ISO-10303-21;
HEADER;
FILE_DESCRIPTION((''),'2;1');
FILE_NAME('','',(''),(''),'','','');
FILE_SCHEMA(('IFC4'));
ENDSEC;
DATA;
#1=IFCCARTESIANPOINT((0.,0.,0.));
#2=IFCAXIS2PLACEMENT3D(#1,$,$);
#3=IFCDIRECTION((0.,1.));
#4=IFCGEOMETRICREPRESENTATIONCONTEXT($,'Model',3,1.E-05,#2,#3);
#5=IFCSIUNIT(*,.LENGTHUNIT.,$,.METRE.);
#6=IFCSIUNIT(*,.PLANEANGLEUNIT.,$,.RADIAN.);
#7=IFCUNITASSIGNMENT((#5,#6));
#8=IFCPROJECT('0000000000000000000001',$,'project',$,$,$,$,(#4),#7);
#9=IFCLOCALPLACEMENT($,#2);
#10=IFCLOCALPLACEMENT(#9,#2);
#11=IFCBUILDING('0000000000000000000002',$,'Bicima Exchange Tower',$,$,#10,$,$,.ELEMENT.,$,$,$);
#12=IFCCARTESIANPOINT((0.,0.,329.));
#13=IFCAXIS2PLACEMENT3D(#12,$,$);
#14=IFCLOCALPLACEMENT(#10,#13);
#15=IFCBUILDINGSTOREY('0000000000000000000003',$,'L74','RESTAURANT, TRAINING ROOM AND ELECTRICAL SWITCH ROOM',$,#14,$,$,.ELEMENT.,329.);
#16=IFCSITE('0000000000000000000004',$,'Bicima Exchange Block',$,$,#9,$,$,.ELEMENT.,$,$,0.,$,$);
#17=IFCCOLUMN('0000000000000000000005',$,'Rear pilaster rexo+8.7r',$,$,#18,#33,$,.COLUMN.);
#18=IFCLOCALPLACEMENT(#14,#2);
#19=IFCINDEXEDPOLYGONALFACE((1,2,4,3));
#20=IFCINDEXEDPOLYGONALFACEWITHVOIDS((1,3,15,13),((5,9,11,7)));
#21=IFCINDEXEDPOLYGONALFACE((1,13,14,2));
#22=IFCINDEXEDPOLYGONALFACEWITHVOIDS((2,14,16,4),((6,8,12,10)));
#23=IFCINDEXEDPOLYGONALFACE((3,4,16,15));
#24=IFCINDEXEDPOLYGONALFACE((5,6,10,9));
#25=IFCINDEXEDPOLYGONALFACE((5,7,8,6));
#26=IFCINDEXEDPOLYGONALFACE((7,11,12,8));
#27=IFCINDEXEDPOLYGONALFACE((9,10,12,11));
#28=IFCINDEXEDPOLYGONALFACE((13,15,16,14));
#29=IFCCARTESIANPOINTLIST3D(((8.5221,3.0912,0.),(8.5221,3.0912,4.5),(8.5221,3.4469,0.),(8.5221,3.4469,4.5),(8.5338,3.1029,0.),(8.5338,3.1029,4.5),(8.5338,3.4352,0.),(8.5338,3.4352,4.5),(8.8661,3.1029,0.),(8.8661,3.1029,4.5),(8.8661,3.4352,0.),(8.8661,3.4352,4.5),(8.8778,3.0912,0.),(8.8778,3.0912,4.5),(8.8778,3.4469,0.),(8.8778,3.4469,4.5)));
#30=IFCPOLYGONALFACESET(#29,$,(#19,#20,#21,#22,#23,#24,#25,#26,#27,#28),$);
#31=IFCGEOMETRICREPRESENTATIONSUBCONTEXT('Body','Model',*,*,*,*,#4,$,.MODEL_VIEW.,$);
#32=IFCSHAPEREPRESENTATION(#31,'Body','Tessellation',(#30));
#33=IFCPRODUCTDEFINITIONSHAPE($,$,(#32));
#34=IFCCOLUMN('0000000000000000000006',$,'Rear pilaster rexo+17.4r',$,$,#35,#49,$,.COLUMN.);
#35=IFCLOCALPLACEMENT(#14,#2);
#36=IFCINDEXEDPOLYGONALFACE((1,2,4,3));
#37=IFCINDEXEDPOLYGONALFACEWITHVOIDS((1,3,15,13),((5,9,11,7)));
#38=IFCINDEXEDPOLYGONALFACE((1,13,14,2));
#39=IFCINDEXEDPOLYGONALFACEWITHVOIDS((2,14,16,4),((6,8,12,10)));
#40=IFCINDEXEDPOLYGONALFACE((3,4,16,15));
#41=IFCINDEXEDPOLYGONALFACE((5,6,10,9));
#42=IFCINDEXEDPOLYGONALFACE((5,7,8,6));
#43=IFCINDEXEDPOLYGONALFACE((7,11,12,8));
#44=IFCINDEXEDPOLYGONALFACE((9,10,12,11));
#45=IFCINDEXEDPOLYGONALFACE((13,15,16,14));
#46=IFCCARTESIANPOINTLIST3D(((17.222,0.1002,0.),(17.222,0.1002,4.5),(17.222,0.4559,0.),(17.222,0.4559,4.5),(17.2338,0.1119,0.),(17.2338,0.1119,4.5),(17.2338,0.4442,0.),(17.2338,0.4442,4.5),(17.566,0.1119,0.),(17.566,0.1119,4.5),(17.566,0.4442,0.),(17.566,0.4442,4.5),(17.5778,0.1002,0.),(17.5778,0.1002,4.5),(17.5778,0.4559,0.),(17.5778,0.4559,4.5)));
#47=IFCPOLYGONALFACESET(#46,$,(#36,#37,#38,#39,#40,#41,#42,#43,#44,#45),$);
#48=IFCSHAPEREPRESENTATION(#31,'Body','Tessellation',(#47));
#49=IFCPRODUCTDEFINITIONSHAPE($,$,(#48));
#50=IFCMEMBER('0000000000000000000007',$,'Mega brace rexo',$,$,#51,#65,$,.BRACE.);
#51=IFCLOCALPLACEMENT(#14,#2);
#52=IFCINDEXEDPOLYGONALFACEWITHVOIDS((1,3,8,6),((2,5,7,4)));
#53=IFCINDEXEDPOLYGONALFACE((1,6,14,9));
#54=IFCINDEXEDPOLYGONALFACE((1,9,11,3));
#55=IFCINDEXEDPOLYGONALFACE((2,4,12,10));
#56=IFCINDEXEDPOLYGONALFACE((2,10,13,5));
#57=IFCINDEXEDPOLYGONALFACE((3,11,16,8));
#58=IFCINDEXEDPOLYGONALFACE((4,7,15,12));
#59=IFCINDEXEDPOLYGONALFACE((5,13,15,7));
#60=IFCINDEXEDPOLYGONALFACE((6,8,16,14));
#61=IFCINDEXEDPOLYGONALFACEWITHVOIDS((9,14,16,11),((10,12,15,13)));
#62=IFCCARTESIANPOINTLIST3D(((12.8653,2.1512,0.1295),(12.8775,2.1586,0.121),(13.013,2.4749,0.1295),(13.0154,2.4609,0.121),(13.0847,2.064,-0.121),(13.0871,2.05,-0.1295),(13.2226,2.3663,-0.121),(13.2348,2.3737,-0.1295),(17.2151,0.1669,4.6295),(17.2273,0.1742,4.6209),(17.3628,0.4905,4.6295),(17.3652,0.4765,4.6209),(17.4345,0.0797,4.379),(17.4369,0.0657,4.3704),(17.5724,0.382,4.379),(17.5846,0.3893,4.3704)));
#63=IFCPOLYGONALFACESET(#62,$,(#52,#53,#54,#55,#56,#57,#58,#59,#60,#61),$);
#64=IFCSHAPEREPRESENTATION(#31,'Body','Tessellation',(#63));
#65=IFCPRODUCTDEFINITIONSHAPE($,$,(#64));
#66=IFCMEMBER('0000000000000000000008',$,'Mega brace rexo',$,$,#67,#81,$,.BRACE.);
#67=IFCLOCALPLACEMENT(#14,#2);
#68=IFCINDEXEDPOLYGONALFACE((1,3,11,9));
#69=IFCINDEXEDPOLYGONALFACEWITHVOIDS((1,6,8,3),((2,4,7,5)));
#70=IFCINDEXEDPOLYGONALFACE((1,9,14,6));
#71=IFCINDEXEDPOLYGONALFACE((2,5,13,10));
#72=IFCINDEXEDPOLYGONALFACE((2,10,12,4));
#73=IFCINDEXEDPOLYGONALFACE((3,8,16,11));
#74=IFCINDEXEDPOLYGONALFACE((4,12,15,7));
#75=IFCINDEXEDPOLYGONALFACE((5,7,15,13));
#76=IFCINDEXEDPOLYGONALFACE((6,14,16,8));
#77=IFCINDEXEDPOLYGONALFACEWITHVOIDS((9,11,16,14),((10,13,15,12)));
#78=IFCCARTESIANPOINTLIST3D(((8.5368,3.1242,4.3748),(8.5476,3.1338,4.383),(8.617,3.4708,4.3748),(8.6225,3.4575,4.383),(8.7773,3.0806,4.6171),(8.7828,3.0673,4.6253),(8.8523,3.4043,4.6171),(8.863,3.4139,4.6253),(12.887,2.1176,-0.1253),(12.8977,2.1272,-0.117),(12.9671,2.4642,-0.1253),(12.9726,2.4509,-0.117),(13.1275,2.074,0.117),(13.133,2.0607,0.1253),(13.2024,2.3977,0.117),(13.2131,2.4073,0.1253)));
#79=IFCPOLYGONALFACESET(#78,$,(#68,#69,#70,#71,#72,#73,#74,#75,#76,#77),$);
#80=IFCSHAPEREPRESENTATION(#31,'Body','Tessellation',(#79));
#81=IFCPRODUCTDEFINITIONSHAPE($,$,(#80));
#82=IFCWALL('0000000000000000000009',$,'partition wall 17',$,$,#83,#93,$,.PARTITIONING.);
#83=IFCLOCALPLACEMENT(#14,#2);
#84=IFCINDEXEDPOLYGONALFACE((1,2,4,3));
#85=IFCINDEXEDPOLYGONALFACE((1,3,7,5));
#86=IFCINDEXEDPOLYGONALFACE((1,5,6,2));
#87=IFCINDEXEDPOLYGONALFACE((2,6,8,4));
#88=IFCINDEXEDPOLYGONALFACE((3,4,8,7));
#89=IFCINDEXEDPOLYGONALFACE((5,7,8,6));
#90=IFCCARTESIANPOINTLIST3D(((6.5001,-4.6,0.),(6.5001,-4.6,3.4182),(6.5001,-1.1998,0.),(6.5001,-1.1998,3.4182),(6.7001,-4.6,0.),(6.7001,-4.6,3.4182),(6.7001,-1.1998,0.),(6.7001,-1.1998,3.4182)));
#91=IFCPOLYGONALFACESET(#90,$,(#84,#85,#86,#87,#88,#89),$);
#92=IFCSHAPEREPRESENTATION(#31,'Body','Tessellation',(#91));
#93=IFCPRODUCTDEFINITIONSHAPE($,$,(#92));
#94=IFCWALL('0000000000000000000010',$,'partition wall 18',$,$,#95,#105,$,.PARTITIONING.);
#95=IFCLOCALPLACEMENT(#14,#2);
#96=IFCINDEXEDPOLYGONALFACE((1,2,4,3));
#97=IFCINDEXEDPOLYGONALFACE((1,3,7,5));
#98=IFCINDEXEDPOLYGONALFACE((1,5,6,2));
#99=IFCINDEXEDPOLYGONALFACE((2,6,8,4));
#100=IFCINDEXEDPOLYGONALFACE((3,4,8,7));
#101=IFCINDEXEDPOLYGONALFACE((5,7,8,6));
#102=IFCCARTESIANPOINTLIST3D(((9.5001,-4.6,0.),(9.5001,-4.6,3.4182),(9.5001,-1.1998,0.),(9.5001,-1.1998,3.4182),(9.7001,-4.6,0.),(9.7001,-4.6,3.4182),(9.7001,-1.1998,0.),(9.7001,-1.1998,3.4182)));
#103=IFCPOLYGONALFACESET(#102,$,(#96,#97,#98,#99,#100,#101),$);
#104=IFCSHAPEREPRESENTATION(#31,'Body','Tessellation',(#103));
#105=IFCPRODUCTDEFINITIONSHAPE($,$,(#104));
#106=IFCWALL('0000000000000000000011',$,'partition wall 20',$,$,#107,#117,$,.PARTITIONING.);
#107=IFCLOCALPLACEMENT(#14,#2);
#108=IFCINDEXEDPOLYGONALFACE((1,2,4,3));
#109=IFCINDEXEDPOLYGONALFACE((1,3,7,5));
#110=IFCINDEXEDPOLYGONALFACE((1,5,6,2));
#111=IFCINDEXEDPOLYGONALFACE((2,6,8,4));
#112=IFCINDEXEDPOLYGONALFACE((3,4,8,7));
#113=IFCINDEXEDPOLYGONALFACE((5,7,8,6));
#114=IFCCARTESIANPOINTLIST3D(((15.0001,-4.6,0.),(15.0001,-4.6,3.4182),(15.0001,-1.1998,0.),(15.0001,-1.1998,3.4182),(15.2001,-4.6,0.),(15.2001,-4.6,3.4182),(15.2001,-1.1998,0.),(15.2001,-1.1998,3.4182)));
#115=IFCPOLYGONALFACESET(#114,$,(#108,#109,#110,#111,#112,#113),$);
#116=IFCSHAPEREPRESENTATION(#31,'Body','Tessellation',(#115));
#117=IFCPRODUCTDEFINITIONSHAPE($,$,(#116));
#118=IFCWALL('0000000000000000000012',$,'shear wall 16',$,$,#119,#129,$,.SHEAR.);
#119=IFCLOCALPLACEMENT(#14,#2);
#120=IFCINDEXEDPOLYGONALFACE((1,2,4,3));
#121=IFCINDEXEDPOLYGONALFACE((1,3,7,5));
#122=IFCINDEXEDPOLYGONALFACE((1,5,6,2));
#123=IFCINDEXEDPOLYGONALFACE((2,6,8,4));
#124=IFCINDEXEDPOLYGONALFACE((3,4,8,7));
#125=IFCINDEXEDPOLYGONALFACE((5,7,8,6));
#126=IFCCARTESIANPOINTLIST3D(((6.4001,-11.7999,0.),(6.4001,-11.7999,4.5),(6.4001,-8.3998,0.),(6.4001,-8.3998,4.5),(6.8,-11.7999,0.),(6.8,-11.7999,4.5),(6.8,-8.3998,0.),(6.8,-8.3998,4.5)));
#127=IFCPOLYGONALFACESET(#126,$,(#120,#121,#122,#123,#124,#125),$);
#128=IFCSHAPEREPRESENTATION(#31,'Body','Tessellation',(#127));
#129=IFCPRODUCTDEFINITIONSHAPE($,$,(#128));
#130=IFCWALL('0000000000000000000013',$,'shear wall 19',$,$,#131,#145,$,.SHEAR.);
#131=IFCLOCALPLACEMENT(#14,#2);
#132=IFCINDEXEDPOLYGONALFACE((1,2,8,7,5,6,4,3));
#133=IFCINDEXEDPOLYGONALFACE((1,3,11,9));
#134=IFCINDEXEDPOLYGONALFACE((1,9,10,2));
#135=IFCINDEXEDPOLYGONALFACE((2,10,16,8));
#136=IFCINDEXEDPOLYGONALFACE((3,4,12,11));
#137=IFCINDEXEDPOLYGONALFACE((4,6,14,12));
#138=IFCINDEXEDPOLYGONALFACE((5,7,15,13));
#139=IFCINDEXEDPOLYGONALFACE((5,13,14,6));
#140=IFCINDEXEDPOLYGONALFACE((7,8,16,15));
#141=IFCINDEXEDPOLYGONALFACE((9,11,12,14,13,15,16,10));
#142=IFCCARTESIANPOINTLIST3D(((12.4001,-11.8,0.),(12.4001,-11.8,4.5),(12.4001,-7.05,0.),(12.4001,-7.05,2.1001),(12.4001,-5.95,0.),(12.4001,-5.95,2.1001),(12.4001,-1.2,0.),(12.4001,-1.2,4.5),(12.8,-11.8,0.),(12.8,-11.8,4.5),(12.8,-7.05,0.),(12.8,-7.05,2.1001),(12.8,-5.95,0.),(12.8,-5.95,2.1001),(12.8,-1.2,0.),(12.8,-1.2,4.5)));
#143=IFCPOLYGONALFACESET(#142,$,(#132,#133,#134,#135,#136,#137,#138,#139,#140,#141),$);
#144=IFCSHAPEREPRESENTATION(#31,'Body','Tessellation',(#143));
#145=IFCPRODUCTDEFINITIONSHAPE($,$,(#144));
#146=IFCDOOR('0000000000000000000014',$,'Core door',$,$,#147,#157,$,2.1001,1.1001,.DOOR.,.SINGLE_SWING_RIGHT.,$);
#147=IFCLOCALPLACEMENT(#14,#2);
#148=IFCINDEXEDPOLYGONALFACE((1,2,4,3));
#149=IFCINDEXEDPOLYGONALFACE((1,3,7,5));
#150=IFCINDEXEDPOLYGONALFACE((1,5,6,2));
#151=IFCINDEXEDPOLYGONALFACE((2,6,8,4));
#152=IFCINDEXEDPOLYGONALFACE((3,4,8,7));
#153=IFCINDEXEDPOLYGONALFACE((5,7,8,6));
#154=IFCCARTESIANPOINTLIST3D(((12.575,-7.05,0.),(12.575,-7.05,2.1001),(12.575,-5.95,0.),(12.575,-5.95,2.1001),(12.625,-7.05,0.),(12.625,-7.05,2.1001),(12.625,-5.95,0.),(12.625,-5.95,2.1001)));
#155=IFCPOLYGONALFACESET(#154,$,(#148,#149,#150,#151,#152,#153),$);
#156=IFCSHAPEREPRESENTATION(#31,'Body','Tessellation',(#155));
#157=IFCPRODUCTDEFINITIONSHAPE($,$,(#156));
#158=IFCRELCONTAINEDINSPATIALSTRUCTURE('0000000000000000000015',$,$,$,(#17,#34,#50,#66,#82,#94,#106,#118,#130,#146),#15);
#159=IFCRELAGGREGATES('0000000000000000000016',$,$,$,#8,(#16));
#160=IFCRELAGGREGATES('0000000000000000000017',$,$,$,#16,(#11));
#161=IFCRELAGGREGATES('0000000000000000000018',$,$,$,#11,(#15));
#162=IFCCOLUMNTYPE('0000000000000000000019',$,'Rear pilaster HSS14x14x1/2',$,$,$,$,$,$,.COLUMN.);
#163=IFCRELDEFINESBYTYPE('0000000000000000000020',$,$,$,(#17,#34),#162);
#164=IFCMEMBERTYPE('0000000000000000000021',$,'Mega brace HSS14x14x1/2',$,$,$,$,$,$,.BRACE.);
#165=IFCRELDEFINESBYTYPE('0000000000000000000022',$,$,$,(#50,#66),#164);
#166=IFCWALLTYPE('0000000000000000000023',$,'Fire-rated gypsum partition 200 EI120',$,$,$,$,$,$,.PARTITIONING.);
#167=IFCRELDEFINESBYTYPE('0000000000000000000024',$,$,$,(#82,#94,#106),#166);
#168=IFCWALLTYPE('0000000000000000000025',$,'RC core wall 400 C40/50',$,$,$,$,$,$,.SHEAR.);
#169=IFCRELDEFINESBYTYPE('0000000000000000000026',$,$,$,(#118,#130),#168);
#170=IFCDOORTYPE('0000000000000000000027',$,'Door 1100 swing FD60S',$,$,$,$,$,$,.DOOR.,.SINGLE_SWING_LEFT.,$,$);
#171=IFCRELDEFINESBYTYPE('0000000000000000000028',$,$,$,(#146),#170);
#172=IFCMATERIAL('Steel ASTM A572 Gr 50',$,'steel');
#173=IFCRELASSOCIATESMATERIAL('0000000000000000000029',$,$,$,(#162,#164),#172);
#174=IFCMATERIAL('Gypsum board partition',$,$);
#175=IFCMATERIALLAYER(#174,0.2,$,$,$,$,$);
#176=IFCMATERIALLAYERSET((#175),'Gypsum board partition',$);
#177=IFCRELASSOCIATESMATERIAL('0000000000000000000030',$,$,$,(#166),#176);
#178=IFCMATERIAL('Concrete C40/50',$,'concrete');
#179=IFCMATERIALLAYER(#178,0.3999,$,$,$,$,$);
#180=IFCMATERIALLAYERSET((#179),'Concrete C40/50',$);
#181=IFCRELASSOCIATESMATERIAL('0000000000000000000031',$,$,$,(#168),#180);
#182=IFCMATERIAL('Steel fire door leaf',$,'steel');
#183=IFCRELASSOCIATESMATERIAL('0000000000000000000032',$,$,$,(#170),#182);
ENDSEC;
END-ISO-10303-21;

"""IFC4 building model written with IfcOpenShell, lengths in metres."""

from ifc_helpers import new_model, si_unit, direction, frame, frame_2d, origin, origin_2d, place, context, subcontext, project, spatial, rectangle, hollow_rectangle, extrude, material, layer, layer_set, material_profile, profile_set, type_object, element, fill, save


model = new_model("IFC4")

# Units and contexts
model_context = context("Model", 3, precision=1e-05, world=origin(), true_north=direction((0.0, 1.0)))
body_context = subcontext(model_context, "Body", "Model", "MODEL_VIEW")
ifc_project = project(units=[si_unit("LENGTHUNIT", "METRE"), si_unit("PLANEANGLEUNIT", "RADIAN")], contexts=[model_context])

# Site, building, storey
site_placement = place(None, origin())
site = spatial("IfcSite", under=ifc_project, at=site_placement, Name="Bicima Exchange Block", CompositionType="ELEMENT", RefElevation=0.0)
building_placement = place(site_placement, origin())
building = spatial("IfcBuilding", under=site, at=building_placement, Name="Bicima Exchange Tower", CompositionType="ELEMENT")
storey_placement = place(building_placement, frame((0.0, 0.0, 329.0)))
storey = spatial("IfcBuildingStorey", under=building, at=storey_placement, Name="L74", Description="RESTAURANT, TRAINING ROOM AND ELECTRICAL SWITCH ROOM", CompositionType="ELEMENT", Elevation=329.0)

# Columns
ifc_material_1 = material(Name="Steel ASTM A572 Gr 50", Category="steel")
ifc_material_profile = material_profile(ifc_material_1, hollow_rectangle(XDim=0.3557, YDim=0.3557, WallThickness=0.0117, at=origin_2d()))
ifc_profile_set = profile_set([ifc_material_profile], Name="Steel ASTM A572 Gr 50")
column_type = type_object("IfcColumnType", Name="Rear pilaster HSS14x14x1/2", PredefinedType="COLUMN", material=ifc_profile_set)
for number, where, z_axis, x_axis, name in (
    (1, (8.7, 3.269, 0.0), (0.0, 0.0, 1.0), (1.0, 0.0, 0.0), "Rear pilaster rexo+8.7r"),
    (2, (17.3999, 0.2781, 0.0), (0.0, 0.0, 1.0), (1.0, 0.0, 0.0), "Rear pilaster rexo+17.4r"),
):
    element("IfcColumn", number, at=place(storey_placement, frame(where, z_axis=z_axis, x_axis=x_axis)), inside=storey, type_object=column_type, Name=name, PredefinedType="COLUMN", context=body_context, shape_type="SweptSolid", body=[
        extrude(hollow_rectangle(XDim=0.3557, YDim=0.3557, WallThickness=0.0117, at=origin_2d()), origin(), (0.0, 0.0, 1.0), 4.5),
    ])

# Members
member_type = type_object("IfcMemberType", Name="Mega brace HSS14x14x1/2", PredefinedType="BRACE", material=ifc_profile_set)
member_1_placement = place(storey_placement, frame((13.05, 2.2625, 0.0), z_axis=(0.662508, -0.302232, 0.685376), x_axis=(0.415045, 0.909801, 0.0)))
element("IfcMember", 3, at=member_1_placement, inside=storey, type_object=member_type, Name="Mega brace rexo", PredefinedType="BRACE", context=body_context, shape_type="SweptSolid", body=[
    extrude(hollow_rectangle(XDim=0.3557, YDim=0.3557, WallThickness=0.0117, at=origin_2d()), origin(), (0.0, 0.0, 1.0), 6.5657),
])
member_2_placement = place(storey_placement, frame((13.05, 2.2625, 0.0), z_axis=(-0.686212, 0.158786, 0.709859), x_axis=(-0.225439, -0.974257, 0.0)))
element("IfcMember", 4, at=member_2_placement, inside=storey, type_object=member_type, Name="Mega brace rexo", PredefinedType="BRACE", context=body_context, shape_type="SweptSolid", body=[
    extrude(hollow_rectangle(XDim=0.3557, YDim=0.3557, WallThickness=0.0117, at=origin_2d()), origin(), (0.0, 0.0, 1.0), 6.3394),
])

# Walls
ifc_material_2 = material(Name="Gypsum board partition")
ifc_layer_1 = layer(ifc_material_2, 0.2)
ifc_layer_set_1 = layer_set([ifc_layer_1], Name="Gypsum board partition")
wall_type_1 = type_object("IfcWallType", Name="Fire-rated gypsum partition 200 EI120", PredefinedType="PARTITIONING", material=ifc_layer_set_1)
for number, where, z_axis, x_axis, name in (
    (5, (6.6001, -4.6001, 0.0), (0.0, 0.0, 1.0), (0.0, 1.0, 0.0), "partition wall 17"),
    (6, (9.6001, -4.6001, 0.0), (0.0, 0.0, 1.0), (0.0, 1.0, 0.0), "partition wall 18"),
    (7, (15.1001, -4.6001, 0.0), (0.0, 0.0, 1.0), (0.0, 1.0, 0.0), "partition wall 20"),
):
    element("IfcWall", number, at=place(storey_placement, frame(where, z_axis=z_axis, x_axis=x_axis)), inside=storey, type_object=wall_type_1, Name=name, PredefinedType="PARTITIONING", context=body_context, shape_type="SweptSolid", body=[
        extrude(rectangle(XDim=3.4001, YDim=0.2, at=frame_2d((1.7002, 0.0))), origin(), (0.0, 0.0, 1.0), 3.4182),
    ])
ifc_material_3 = material(Name="Concrete C40/50", Category="concrete")
ifc_layer_2 = layer(ifc_material_3, 0.3999)
ifc_layer_set_2 = layer_set([ifc_layer_2], Name="Concrete C40/50")
wall_type_2 = type_object("IfcWallType", Name="RC core wall 400 C40/50", PredefinedType="SHEAR", material=ifc_layer_set_2)
wall_1_placement = place(storey_placement, frame((6.6001, -11.8, 0.0), z_axis=(0.0, 0.0, 1.0), x_axis=(0.0, 1.0, 0.0)))
element("IfcWall", 8, at=wall_1_placement, inside=storey, type_object=wall_type_2, Name="shear wall 16", PredefinedType="SHEAR", context=body_context, shape_type="SweptSolid", body=[
    extrude(rectangle(XDim=3.4001, YDim=0.3999, at=frame_2d((1.7002, 0.0))), origin(), (0.0, 0.0, 1.0), 4.5),
])

# Wall, opening, door
wall_2_placement = place(storey_placement, frame((12.6001, -11.8, 0.0), z_axis=(0.0, 0.0, 1.0), x_axis=(0.0, 1.0, 0.0)))
wall_2 = element("IfcWall", 9, at=wall_2_placement, inside=storey, type_object=wall_type_2, Name="shear wall 19", PredefinedType="SHEAR", context=body_context, shape_type="SweptSolid", body=[
    extrude(rectangle(XDim=10.6001, YDim=0.3999, at=frame_2d((5.3, 0.0))), origin(), (0.0, 0.0, 1.0), 4.5),
])
opening_1_placement = place(wall_2_placement, frame((4.75, 0.0, 0.0)))
opening_1 = element("IfcOpeningElement", 10, at=opening_1_placement, cuts=wall_2, PredefinedType="OPENING", context=body_context, shape_type="SweptSolid", body=[
    extrude(rectangle(XDim=1.1001, YDim=2.1001, at=frame_2d((0.55, 1.05))), frame((0.0, 0.2119, 0.0), z_axis=(0.0, -1.0, 0.0), x_axis=(1.0, 0.0, 0.0)), (0.0, 0.0, 1.0), 0.4238),
])
ifc_material_4 = material(Name="Steel fire door leaf", Category="steel")
door_type = type_object("IfcDoorType", Name="Door 1100 swing FD60S", OperationType="SINGLE_SWING_LEFT", PredefinedType="DOOR", material=ifc_material_4)
door_1_placement = place(opening_1_placement, frame((1.1001, 0.0, 0.0), z_axis=(0.0, 0.0, 1.0), x_axis=(-1.0, 0.0, 0.0)))
door_1 = element("IfcDoor", 11, at=door_1_placement, inside=storey, type_object=door_type, Name="Core door", OperationType="SINGLE_SWING_RIGHT", OverallHeight=2.1001, OverallWidth=1.1001, PredefinedType="DOOR", context=body_context, shape_type="SweptSolid", body=[
    extrude(rectangle(XDim=1.1001, YDim=2.1001, at=frame_2d((0.55, 1.05))), frame((0.0, 0.0249, 0.0), z_axis=(0.0, -1.0, 0.0), x_axis=(1.0, 0.0, 0.0)), (0.0, 0.0, 1.0), 0.05),
])
fill(opening_1, door_1)

save(model, "model.ifc")
